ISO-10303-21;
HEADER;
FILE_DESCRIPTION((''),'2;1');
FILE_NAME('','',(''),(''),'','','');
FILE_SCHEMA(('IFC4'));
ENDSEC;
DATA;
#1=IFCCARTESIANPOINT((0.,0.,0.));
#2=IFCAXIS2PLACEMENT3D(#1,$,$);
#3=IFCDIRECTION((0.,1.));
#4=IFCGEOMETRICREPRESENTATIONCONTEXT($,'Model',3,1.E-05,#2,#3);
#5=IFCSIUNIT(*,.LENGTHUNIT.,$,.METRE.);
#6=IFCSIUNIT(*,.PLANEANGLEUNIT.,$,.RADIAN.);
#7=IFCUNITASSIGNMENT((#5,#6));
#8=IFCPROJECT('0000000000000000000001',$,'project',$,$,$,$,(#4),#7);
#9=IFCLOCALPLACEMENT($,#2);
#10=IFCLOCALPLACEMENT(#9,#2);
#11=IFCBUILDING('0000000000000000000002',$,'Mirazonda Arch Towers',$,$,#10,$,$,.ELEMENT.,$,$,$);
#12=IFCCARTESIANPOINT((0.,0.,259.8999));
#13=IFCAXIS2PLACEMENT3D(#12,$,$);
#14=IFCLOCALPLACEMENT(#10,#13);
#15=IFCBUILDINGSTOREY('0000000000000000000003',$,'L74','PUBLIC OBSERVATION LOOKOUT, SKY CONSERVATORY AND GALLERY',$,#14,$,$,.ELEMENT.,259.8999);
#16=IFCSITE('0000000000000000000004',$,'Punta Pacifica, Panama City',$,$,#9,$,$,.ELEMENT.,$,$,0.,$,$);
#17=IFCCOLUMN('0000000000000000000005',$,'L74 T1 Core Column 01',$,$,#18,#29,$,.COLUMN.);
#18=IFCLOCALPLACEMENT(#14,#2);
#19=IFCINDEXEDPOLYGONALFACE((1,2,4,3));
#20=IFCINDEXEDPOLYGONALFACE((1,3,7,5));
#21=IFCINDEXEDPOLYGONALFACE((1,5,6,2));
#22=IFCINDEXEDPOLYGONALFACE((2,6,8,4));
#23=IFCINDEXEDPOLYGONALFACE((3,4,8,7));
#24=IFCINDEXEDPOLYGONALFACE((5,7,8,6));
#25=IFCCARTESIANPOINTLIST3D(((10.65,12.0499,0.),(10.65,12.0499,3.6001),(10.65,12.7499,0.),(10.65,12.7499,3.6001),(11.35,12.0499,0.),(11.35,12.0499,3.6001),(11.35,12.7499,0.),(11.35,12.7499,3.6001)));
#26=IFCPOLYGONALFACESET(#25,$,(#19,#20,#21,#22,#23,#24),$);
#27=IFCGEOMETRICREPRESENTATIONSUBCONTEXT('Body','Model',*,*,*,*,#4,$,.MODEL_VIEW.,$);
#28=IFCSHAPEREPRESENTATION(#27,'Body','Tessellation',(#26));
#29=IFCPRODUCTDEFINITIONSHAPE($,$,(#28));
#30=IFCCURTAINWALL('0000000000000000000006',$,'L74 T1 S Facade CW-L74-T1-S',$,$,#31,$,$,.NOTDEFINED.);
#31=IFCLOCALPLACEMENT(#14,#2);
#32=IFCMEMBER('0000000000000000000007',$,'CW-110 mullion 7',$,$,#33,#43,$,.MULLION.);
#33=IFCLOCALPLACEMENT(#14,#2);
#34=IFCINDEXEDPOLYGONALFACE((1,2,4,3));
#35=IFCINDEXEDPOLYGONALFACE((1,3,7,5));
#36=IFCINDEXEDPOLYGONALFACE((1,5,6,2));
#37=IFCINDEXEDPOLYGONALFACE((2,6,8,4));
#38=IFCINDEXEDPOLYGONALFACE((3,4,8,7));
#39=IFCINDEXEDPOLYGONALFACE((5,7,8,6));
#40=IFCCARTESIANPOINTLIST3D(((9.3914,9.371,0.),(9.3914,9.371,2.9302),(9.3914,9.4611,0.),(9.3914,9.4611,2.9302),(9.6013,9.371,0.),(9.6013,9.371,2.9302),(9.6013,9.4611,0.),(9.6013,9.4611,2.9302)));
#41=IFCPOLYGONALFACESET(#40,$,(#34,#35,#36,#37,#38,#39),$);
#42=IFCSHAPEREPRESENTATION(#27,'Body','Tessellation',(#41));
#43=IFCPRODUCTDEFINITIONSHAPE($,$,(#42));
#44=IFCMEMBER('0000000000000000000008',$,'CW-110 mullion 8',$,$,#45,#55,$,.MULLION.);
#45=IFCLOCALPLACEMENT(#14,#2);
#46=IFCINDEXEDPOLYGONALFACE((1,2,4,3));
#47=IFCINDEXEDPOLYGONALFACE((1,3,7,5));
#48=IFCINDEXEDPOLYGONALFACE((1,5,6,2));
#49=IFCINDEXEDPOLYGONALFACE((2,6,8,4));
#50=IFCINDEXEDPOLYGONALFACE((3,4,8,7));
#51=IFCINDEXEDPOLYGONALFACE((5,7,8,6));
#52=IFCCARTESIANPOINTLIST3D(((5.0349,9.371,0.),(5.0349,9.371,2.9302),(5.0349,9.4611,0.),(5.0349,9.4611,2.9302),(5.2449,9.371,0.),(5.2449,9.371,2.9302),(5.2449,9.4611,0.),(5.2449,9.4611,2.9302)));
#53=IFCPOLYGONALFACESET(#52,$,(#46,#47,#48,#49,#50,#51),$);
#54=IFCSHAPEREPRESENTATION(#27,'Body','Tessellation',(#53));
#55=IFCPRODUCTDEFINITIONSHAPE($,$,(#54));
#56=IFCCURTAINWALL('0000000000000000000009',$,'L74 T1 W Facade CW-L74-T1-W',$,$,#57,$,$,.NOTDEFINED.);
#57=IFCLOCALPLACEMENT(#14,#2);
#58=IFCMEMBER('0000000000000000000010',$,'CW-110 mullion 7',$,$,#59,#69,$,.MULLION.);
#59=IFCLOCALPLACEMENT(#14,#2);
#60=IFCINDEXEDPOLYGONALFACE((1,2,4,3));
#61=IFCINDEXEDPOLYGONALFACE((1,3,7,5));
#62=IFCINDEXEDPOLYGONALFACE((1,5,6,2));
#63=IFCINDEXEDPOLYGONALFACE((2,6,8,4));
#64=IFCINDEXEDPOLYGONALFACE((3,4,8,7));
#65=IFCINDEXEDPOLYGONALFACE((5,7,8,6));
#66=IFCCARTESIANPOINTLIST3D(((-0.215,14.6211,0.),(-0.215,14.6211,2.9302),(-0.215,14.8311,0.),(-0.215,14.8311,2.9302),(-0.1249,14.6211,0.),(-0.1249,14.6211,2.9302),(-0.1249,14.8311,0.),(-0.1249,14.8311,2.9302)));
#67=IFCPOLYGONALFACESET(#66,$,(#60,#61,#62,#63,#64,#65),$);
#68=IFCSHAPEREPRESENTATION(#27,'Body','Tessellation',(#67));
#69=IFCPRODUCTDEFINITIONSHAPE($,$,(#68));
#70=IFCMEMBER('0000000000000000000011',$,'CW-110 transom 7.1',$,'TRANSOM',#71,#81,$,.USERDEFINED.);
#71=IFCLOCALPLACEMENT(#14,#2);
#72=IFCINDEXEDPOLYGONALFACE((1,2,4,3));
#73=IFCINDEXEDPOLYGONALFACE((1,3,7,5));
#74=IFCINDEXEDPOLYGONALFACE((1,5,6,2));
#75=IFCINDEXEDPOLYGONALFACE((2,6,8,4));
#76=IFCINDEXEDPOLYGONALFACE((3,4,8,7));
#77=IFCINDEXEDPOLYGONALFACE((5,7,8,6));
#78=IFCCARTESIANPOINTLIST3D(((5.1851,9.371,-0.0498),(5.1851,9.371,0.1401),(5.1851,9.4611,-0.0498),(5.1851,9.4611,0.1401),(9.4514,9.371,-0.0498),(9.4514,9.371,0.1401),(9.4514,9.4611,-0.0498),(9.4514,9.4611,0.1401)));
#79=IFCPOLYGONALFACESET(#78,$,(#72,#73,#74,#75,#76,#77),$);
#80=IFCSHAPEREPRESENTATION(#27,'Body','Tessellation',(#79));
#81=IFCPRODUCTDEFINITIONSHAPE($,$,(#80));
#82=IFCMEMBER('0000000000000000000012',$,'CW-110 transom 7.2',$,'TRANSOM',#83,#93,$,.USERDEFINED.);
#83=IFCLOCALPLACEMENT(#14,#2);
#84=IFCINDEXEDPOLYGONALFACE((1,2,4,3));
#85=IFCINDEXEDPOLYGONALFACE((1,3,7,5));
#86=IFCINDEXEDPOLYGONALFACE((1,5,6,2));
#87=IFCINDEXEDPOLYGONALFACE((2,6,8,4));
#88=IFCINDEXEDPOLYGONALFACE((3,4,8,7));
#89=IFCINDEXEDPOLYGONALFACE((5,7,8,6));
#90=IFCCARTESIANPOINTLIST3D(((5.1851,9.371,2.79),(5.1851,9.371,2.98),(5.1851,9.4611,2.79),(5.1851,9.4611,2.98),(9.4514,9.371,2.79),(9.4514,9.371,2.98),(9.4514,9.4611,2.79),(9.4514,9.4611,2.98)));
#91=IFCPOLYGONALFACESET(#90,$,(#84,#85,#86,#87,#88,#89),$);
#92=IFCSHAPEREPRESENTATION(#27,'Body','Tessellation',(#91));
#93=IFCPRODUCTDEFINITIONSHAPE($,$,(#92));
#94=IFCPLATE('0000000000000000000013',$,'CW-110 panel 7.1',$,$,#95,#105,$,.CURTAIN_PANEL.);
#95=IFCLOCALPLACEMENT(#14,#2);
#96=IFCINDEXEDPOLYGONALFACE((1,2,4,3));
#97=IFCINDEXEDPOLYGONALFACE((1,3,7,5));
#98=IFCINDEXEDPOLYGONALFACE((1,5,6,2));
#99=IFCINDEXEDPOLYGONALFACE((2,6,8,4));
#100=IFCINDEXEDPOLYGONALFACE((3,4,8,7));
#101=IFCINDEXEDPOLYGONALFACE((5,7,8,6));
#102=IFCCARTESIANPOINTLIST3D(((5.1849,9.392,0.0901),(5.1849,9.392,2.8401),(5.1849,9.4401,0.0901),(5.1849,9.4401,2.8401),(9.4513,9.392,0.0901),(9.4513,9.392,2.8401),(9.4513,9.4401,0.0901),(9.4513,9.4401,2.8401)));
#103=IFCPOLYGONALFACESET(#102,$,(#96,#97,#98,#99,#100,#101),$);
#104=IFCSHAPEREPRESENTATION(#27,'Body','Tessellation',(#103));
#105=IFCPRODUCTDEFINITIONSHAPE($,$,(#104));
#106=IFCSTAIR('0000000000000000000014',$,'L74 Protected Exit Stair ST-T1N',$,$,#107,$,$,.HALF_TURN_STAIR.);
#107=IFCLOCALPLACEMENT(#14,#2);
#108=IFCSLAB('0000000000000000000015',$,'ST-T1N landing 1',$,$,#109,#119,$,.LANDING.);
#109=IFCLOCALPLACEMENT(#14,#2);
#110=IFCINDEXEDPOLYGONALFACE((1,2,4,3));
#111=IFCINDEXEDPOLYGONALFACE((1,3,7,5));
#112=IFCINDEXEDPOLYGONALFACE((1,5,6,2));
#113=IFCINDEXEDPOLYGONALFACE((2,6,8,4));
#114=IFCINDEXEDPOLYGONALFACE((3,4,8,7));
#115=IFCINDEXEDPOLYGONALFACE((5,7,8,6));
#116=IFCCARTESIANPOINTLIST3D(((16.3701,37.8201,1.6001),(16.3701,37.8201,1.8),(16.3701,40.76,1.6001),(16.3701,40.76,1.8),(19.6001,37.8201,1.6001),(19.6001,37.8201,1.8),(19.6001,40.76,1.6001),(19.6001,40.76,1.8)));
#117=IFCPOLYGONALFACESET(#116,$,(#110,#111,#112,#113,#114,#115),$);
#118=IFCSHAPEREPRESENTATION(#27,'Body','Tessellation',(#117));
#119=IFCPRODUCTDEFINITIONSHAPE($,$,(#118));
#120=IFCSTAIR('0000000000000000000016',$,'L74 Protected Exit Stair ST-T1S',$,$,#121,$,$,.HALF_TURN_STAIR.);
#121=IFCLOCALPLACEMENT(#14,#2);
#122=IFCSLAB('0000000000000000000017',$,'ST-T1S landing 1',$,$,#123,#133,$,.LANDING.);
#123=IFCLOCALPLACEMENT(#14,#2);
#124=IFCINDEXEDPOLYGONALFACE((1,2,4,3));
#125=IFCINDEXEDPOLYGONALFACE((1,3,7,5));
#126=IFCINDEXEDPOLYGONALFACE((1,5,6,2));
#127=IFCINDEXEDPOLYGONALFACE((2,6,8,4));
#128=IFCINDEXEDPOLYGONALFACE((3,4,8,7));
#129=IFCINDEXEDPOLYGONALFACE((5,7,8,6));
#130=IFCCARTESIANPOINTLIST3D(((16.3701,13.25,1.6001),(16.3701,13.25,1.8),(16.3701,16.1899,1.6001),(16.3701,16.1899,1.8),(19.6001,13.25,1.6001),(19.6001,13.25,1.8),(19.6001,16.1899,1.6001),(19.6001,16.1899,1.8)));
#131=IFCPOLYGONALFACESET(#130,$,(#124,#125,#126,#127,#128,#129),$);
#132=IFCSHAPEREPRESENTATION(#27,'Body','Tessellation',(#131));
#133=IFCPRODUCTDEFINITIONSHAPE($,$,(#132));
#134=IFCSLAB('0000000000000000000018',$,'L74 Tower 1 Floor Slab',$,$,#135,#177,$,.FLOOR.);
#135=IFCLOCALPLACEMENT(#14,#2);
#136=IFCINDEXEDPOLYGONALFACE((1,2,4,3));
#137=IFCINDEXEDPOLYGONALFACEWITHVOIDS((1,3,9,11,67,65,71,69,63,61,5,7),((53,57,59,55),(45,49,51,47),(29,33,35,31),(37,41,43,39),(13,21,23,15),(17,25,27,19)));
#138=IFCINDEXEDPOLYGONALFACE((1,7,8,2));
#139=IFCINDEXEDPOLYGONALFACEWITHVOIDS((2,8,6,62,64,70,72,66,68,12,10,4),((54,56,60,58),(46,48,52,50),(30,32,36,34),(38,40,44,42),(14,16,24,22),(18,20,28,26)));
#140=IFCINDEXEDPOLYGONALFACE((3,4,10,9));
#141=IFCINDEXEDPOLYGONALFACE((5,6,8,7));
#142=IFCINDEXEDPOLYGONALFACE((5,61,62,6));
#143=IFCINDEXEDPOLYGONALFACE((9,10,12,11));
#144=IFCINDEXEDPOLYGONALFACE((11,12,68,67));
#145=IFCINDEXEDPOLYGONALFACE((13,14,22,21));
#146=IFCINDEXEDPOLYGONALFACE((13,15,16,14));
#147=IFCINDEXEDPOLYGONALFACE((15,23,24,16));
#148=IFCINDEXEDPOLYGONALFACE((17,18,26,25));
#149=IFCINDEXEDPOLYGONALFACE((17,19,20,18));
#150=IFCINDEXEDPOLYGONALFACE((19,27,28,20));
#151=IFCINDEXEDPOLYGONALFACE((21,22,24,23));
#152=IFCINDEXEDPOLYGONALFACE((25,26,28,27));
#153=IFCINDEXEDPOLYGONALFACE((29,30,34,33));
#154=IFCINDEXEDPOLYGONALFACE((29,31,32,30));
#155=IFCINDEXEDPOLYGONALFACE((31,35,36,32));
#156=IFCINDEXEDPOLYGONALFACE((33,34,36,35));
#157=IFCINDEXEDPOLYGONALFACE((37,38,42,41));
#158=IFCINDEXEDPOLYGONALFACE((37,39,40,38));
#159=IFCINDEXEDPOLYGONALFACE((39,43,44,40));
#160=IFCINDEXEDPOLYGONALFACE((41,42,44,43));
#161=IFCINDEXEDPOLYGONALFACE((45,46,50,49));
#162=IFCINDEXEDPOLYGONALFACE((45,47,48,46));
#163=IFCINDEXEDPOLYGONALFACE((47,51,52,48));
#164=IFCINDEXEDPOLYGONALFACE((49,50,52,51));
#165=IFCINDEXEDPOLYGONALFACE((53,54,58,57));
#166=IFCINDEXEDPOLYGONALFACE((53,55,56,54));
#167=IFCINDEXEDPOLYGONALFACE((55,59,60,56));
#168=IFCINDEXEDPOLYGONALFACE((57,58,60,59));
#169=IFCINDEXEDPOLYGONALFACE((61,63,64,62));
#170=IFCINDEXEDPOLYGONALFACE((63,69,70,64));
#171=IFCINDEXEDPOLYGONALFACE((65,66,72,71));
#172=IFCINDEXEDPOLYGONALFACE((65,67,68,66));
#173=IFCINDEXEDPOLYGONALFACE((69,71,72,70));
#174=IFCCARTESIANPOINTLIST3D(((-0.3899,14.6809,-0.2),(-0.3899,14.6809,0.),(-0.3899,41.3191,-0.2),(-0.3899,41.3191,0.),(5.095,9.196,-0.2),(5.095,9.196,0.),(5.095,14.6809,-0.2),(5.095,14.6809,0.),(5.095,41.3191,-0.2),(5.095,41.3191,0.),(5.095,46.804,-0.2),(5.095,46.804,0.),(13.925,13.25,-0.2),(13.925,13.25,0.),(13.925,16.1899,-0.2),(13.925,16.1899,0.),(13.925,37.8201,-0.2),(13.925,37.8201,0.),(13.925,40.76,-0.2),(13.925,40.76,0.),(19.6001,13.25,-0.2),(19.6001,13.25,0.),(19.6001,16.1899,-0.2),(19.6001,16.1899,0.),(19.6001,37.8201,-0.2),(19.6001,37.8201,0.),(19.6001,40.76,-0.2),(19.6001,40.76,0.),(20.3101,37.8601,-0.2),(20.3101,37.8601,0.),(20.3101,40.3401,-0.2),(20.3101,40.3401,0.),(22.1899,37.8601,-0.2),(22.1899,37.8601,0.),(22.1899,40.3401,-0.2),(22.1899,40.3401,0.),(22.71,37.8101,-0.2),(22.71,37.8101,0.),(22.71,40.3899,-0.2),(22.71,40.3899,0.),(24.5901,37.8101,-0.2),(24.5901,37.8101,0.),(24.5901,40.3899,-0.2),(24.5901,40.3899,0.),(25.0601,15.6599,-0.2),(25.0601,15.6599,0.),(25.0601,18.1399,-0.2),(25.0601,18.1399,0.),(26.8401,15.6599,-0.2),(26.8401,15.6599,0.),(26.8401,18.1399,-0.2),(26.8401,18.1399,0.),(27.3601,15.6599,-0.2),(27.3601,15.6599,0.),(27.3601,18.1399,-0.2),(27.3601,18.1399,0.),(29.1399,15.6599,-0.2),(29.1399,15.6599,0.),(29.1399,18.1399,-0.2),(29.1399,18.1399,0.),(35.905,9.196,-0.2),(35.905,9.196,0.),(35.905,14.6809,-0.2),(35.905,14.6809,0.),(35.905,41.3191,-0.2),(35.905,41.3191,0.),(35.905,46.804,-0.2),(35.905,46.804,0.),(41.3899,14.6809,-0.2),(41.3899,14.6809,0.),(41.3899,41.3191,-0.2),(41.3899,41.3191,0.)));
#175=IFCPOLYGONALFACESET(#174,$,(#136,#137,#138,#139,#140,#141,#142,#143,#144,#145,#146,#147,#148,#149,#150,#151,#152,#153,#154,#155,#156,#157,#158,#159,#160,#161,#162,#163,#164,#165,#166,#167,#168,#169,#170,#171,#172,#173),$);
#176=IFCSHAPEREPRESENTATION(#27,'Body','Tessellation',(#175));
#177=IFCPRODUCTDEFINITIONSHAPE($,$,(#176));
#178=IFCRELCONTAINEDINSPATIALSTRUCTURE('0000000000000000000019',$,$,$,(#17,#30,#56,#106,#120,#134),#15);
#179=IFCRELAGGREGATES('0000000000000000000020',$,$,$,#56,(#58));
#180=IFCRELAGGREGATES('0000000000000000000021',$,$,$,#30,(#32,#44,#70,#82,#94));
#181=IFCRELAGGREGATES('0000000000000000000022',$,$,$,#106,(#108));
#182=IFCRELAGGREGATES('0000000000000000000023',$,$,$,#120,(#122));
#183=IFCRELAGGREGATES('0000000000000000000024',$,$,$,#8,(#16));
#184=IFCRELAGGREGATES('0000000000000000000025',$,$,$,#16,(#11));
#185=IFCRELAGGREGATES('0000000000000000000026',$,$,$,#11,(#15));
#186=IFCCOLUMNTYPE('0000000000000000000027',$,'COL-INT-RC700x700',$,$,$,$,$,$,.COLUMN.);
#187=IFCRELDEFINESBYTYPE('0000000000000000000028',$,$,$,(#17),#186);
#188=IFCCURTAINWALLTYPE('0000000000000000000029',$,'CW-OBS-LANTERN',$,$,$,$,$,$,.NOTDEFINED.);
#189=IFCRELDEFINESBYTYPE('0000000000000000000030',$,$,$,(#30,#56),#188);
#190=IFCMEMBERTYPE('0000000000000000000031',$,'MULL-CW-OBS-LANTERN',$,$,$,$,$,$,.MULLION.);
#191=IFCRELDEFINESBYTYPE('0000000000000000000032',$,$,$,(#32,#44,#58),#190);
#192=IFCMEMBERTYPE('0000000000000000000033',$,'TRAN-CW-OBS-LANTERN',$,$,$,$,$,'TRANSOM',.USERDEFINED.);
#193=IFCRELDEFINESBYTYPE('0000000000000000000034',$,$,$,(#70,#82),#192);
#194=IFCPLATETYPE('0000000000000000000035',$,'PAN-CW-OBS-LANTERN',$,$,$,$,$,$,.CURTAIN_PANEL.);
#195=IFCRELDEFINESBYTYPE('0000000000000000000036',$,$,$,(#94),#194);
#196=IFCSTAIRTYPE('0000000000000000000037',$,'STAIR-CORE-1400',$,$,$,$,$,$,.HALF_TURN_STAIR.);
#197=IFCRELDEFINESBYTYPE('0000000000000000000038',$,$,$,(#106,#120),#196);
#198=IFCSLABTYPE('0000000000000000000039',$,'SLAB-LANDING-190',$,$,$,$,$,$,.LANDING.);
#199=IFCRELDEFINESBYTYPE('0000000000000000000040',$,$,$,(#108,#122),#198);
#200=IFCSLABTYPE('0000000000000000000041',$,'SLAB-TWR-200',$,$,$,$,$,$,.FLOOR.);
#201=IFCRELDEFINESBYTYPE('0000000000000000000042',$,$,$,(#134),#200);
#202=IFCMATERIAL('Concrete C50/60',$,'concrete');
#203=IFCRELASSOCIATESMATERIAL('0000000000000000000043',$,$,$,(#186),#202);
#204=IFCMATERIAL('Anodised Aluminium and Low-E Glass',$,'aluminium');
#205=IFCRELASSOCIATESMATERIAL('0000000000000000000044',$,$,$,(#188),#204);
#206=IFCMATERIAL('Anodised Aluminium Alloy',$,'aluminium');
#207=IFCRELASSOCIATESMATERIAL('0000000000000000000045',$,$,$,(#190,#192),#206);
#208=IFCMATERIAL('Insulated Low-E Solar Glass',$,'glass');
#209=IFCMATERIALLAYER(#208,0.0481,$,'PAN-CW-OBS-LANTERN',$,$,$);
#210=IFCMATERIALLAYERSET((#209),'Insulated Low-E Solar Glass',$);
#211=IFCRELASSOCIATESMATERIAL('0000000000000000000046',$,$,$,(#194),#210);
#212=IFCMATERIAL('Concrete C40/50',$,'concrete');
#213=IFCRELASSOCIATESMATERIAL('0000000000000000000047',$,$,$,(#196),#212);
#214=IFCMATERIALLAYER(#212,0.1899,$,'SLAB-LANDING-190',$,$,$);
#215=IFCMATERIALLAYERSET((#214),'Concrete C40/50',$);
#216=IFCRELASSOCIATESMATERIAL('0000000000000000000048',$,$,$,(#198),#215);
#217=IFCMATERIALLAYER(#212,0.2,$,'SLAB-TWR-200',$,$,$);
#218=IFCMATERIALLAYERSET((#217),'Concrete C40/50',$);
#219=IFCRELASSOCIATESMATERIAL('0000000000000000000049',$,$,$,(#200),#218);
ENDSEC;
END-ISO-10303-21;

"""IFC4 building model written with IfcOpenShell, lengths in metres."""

from ifc_helpers import new_model, si_unit, direction, frame, origin, origin_2d, place, context, subcontext, project, spatial, polyline, rectangle, outline, extrude, material, layer, layer_set, material_profile, profile_set, type_object, element, aggregate, save


model = new_model("IFC4")

# Units and contexts
model_context = context("Model", 3, precision=1e-05, world=origin(), true_north=direction((0.0, 1.0)))
body_context = subcontext(model_context, "Body", "Model", "MODEL_VIEW")
ifc_project = project(units=[si_unit("LENGTHUNIT", "METRE"), si_unit("PLANEANGLEUNIT", "RADIAN")], contexts=[model_context])

# Site, building, storey
site_placement = place(None, origin())
site = spatial("IfcSite", under=ifc_project, at=site_placement, Name="Punta Pacifica, Panama City", CompositionType="ELEMENT", RefElevation=0.0)
building_placement = place(site_placement, origin())
building = spatial("IfcBuilding", under=site, at=building_placement, Name="Mirazonda Arch Towers", CompositionType="ELEMENT")
storey_placement = place(building_placement, frame((0.0, 0.0, 259.8999)))
storey = spatial("IfcBuildingStorey", under=building, at=storey_placement, Name="L74", Description="PUBLIC OBSERVATION LOOKOUT, SKY CONSERVATORY AND GALLERY", CompositionType="ELEMENT", Elevation=259.8999)

# Column
ifc_material_1 = material(Name="Concrete C50/60", Category="concrete")
ifc_material_profile_1 = material_profile(ifc_material_1, rectangle(XDim=0.7, YDim=0.7, at=origin_2d()), Name="RC700x700")
ifc_profile_set_1 = profile_set([ifc_material_profile_1], Name="Concrete C50/60")
column_type = type_object("IfcColumnType", Name="COL-INT-RC700x700", PredefinedType="COLUMN", material=ifc_profile_set_1)
column_placement = place(storey_placement, frame((11.0, 12.3999, 0.0), z_axis=(0.0, 0.0, 1.0), x_axis=(1.0, 0.0, 0.0)))
element("IfcColumn", 1, at=column_placement, inside=storey, type_object=column_type, Name="L74 T1 Core Column 01", PredefinedType="COLUMN", context=body_context, shape_type="SweptSolid", body=[
    extrude(rectangle(XDim=0.7, YDim=0.7, at=origin_2d()), origin(), (0.0, 0.0, 1.0), 3.6001),
])

# Curtain wall, members
ifc_material_2 = material(Name="Anodised Aluminium and Low-E Glass", Category="aluminium")
curtain_wall_type = type_object("IfcCurtainWallType", Name="CW-OBS-LANTERN", PredefinedType="NOTDEFINED", material=ifc_material_2)
curtain_wall_1_placement = place(storey_placement, origin())
curtain_wall_1 = element("IfcCurtainWall", 2, at=curtain_wall_1_placement, inside=storey, type_object=curtain_wall_type, Name="L74 T1 S Facade CW-L74-T1-S", PredefinedType="NOTDEFINED")
ifc_material_3 = material(Name="Anodised Aluminium Alloy", Category="aluminium")
ifc_material_profile_2 = material_profile(ifc_material_3, rectangle(XDim=0.0901, YDim=0.21, at=origin_2d()), Name="ALU-MULL-90x210")
ifc_profile_set_2 = profile_set([ifc_material_profile_2], Name="Anodised Aluminium Alloy")
member_type_1 = type_object("IfcMemberType", Name="MULL-CW-OBS-LANTERN", PredefinedType="MULLION", material=ifc_profile_set_2)
member_1_placement = place(storey_placement, frame((9.4963, 9.416, 0.0), z_axis=(0.0, 0.0, 1.0), x_axis=(0.0, -1.0, 0.0)))
member_1 = element("IfcMember", 3, at=member_1_placement, type_object=member_type_1, Name="CW-110 mullion 7", PredefinedType="MULLION", context=body_context, shape_type="SweptSolid", body=[
    extrude(rectangle(XDim=0.0901, YDim=0.21, at=origin_2d()), origin(), (0.0, 0.0, 1.0), 2.9302),
])
member_2_placement = place(storey_placement, frame((5.1399, 9.416, 0.0), z_axis=(0.0, 0.0, 1.0), x_axis=(0.0, -1.0, 0.0)))
member_2 = element("IfcMember", 4, at=member_2_placement, type_object=member_type_1, Name="CW-110 mullion 8", PredefinedType="MULLION", context=body_context, shape_type="SweptSolid", body=[
    extrude(rectangle(XDim=0.0901, YDim=0.21, at=origin_2d()), origin(), (0.0, 0.0, 1.0), 2.9302),
])

# Curtain wall, member
curtain_wall_2_placement = place(storey_placement, origin())
curtain_wall_2 = element("IfcCurtainWall", 5, at=curtain_wall_2_placement, inside=storey, type_object=curtain_wall_type, Name="L74 T1 W Facade CW-L74-T1-W", PredefinedType="NOTDEFINED")
member_3_placement = place(storey_placement, frame((-0.1699, 14.7261, 0.0), z_axis=(0.0, 0.0, 1.0), x_axis=(1.0, 0.0, 0.0)))
member_3 = element("IfcMember", 6, at=member_3_placement, type_object=member_type_1, Name="CW-110 mullion 7", PredefinedType="MULLION", context=body_context, shape_type="SweptSolid", body=[
    extrude(rectangle(XDim=0.0901, YDim=0.21, at=origin_2d()), origin(), (0.0, 0.0, 1.0), 2.9302),
])
aggregate(curtain_wall_2, [member_3])

# Members
ifc_material_profile_3 = material_profile(ifc_material_3, rectangle(XDim=0.0901, YDim=0.1899, at=origin_2d()), Name="ALU-TRAN-90x190")
ifc_profile_set_3 = profile_set([ifc_material_profile_3], Name="Anodised Aluminium Alloy")
member_type_2 = type_object("IfcMemberType", Name="TRAN-CW-OBS-LANTERN", ElementType="TRANSOM", PredefinedType="USERDEFINED", material=ifc_profile_set_3)
member_4_placement = place(storey_placement, frame((9.4514, 9.416, 0.0452), z_axis=(-1.0, 0.0, 0.0), x_axis=(0.0, -1.0, 0.0)))
member_4 = element("IfcMember", 7, at=member_4_placement, type_object=member_type_2, Name="CW-110 transom 7.1", ObjectType="TRANSOM", PredefinedType="USERDEFINED", context=body_context, shape_type="SweptSolid", body=[
    extrude(rectangle(XDim=0.0901, YDim=0.1899, at=origin_2d()), origin(), (0.0, 0.0, 1.0), 4.2664),
])
member_5_placement = place(storey_placement, frame((9.4514, 9.416, 2.885), z_axis=(-1.0, 0.0, 0.0), x_axis=(0.0, -1.0, 0.0)))
member_5 = element("IfcMember", 8, at=member_5_placement, type_object=member_type_2, Name="CW-110 transom 7.2", ObjectType="TRANSOM", PredefinedType="USERDEFINED", context=body_context, shape_type="SweptSolid", body=[
    extrude(rectangle(XDim=0.0901, YDim=0.1899, at=origin_2d()), origin(), (0.0, 0.0, 1.0), 4.2664),
])

# Plate
ifc_material_4 = material(Name="Insulated Low-E Solar Glass", Category="glass")
ifc_layer_1 = layer(ifc_material_4, 0.0481, Name="PAN-CW-OBS-LANTERN")
ifc_layer_set_1 = layer_set([ifc_layer_1], Name="Insulated Low-E Solar Glass")
plate_type = type_object("IfcPlateType", Name="PAN-CW-OBS-LANTERN", PredefinedType="CURTAIN_PANEL", material=ifc_layer_set_1)
plate_placement = place(storey_placement, frame((7.3181, 9.416, 0.0901), z_axis=(0.0, 0.0, 1.0), x_axis=(-1.0, 0.0, 0.0)))
plate = element("IfcPlate", 9, at=plate_placement, type_object=plate_type, Name="CW-110 panel 7.1", PredefinedType="CURTAIN_PANEL", context=body_context, shape_type="SweptSolid", body=[
    extrude(rectangle(XDim=4.2664, YDim=0.0481, at=origin_2d()), origin(), (0.0, 0.0, 1.0), 2.75),
])
aggregate(curtain_wall_1, [member_1, member_2, member_4, member_5, plate])

# Stairs, slabs
ifc_material_5 = material(Name="Concrete C40/50", Category="concrete")
stair_type = type_object("IfcStairType", Name="STAIR-CORE-1400", PredefinedType="HALF_TURN_STAIR", material=ifc_material_5)
stair_1_placement = place(storey_placement, origin())
stair_1 = element("IfcStair", 10, at=stair_1_placement, inside=storey, type_object=stair_type, Name="L74 Protected Exit Stair ST-T1N", PredefinedType="HALF_TURN_STAIR")
ifc_layer_2 = layer(ifc_material_5, 0.1899, Name="SLAB-LANDING-190")
ifc_layer_set_2 = layer_set([ifc_layer_2], Name="Concrete C40/50")
slab_type_1 = type_object("IfcSlabType", Name="SLAB-LANDING-190", PredefinedType="LANDING", material=ifc_layer_set_2)
slab_1_placement = place(storey_placement, frame((0.0, 0.0, 1.6001)))
slab_1 = element("IfcSlab", 11, at=slab_1_placement, type_object=slab_type_1, Name="ST-T1N landing 1", PredefinedType="LANDING", context=body_context, shape_type="SweptSolid", body=[
    extrude(outline(polyline([(16.3701, 37.8201), (19.6001, 37.8201), (19.6001, 40.76), (16.3701, 40.76), (16.3701, 37.8201)])), origin(), (0.0, 0.0, 1.0), 0.2),
])
aggregate(stair_1, [slab_1])
stair_2_placement = place(storey_placement, origin())
stair_2 = element("IfcStair", 12, at=stair_2_placement, inside=storey, type_object=stair_type, Name="L74 Protected Exit Stair ST-T1S", PredefinedType="HALF_TURN_STAIR")
slab_2_placement = place(storey_placement, frame((0.0, 0.0, 1.6001)))
slab_2 = element("IfcSlab", 13, at=slab_2_placement, type_object=slab_type_1, Name="ST-T1S landing 1", PredefinedType="LANDING", context=body_context, shape_type="SweptSolid", body=[
    extrude(outline(polyline([(16.3701, 13.25), (19.6001, 13.25), (19.6001, 16.1899), (16.3701, 16.1899), (16.3701, 13.25)])), origin(), (0.0, 0.0, 1.0), 0.2),
])
aggregate(stair_2, [slab_2])

# Slab
ifc_layer_3 = layer(ifc_material_5, 0.2, Name="SLAB-TWR-200")
ifc_layer_set_3 = layer_set([ifc_layer_3], Name="Concrete C40/50")
slab_type_2 = type_object("IfcSlabType", Name="SLAB-TWR-200", PredefinedType="FLOOR", material=ifc_layer_set_3)
slab_3_placement = place(storey_placement, frame((0.0, 0.0, -0.2)))
element("IfcSlab", 14, at=slab_3_placement, inside=storey, type_object=slab_type_2, Name="L74 Tower 1 Floor Slab", PredefinedType="FLOOR", context=body_context, shape_type="SweptSolid", body=[
    extrude(outline(polyline([(5.095, 9.196), (35.905, 9.196), (35.905, 14.6809), (41.3899, 14.6809), (41.3899, 41.3191), (35.905, 41.3191), (35.905, 46.804), (5.095, 46.804), (5.095, 41.3191), (-0.3899, 41.3191), (-0.3899, 14.6809), (5.095, 14.6809), (5.095, 9.196)]), holes=[polyline([(27.3601, 18.1399), (29.1399, 18.1399), (29.1399, 15.6599), (27.3601, 15.6599), (27.3601, 18.1399)]), polyline([(25.0601, 18.1399), (26.8401, 18.1399), (26.8401, 15.6599), (25.0601, 15.6599), (25.0601, 18.1399)]), polyline([(22.71, 40.3899), (24.5901, 40.3899), (24.5901, 37.8101), (22.71, 37.8101), (22.71, 40.3899)]), polyline([(20.3101, 37.8601), (20.3101, 40.3401), (22.1899, 40.3401), (22.1899, 37.8601), (20.3101, 37.8601)]), polyline([(19.6001, 13.25), (13.925, 13.25), (13.925, 16.1899), (19.6001, 16.1899), (19.6001, 13.25)]), polyline([(13.925, 37.8201), (13.925, 40.76), (19.6001, 40.76), (19.6001, 37.8201), (13.925, 37.8201)])]), origin(), (0.0, 0.0, 1.0), 0.2),
])

save(model, "model.ifc")
